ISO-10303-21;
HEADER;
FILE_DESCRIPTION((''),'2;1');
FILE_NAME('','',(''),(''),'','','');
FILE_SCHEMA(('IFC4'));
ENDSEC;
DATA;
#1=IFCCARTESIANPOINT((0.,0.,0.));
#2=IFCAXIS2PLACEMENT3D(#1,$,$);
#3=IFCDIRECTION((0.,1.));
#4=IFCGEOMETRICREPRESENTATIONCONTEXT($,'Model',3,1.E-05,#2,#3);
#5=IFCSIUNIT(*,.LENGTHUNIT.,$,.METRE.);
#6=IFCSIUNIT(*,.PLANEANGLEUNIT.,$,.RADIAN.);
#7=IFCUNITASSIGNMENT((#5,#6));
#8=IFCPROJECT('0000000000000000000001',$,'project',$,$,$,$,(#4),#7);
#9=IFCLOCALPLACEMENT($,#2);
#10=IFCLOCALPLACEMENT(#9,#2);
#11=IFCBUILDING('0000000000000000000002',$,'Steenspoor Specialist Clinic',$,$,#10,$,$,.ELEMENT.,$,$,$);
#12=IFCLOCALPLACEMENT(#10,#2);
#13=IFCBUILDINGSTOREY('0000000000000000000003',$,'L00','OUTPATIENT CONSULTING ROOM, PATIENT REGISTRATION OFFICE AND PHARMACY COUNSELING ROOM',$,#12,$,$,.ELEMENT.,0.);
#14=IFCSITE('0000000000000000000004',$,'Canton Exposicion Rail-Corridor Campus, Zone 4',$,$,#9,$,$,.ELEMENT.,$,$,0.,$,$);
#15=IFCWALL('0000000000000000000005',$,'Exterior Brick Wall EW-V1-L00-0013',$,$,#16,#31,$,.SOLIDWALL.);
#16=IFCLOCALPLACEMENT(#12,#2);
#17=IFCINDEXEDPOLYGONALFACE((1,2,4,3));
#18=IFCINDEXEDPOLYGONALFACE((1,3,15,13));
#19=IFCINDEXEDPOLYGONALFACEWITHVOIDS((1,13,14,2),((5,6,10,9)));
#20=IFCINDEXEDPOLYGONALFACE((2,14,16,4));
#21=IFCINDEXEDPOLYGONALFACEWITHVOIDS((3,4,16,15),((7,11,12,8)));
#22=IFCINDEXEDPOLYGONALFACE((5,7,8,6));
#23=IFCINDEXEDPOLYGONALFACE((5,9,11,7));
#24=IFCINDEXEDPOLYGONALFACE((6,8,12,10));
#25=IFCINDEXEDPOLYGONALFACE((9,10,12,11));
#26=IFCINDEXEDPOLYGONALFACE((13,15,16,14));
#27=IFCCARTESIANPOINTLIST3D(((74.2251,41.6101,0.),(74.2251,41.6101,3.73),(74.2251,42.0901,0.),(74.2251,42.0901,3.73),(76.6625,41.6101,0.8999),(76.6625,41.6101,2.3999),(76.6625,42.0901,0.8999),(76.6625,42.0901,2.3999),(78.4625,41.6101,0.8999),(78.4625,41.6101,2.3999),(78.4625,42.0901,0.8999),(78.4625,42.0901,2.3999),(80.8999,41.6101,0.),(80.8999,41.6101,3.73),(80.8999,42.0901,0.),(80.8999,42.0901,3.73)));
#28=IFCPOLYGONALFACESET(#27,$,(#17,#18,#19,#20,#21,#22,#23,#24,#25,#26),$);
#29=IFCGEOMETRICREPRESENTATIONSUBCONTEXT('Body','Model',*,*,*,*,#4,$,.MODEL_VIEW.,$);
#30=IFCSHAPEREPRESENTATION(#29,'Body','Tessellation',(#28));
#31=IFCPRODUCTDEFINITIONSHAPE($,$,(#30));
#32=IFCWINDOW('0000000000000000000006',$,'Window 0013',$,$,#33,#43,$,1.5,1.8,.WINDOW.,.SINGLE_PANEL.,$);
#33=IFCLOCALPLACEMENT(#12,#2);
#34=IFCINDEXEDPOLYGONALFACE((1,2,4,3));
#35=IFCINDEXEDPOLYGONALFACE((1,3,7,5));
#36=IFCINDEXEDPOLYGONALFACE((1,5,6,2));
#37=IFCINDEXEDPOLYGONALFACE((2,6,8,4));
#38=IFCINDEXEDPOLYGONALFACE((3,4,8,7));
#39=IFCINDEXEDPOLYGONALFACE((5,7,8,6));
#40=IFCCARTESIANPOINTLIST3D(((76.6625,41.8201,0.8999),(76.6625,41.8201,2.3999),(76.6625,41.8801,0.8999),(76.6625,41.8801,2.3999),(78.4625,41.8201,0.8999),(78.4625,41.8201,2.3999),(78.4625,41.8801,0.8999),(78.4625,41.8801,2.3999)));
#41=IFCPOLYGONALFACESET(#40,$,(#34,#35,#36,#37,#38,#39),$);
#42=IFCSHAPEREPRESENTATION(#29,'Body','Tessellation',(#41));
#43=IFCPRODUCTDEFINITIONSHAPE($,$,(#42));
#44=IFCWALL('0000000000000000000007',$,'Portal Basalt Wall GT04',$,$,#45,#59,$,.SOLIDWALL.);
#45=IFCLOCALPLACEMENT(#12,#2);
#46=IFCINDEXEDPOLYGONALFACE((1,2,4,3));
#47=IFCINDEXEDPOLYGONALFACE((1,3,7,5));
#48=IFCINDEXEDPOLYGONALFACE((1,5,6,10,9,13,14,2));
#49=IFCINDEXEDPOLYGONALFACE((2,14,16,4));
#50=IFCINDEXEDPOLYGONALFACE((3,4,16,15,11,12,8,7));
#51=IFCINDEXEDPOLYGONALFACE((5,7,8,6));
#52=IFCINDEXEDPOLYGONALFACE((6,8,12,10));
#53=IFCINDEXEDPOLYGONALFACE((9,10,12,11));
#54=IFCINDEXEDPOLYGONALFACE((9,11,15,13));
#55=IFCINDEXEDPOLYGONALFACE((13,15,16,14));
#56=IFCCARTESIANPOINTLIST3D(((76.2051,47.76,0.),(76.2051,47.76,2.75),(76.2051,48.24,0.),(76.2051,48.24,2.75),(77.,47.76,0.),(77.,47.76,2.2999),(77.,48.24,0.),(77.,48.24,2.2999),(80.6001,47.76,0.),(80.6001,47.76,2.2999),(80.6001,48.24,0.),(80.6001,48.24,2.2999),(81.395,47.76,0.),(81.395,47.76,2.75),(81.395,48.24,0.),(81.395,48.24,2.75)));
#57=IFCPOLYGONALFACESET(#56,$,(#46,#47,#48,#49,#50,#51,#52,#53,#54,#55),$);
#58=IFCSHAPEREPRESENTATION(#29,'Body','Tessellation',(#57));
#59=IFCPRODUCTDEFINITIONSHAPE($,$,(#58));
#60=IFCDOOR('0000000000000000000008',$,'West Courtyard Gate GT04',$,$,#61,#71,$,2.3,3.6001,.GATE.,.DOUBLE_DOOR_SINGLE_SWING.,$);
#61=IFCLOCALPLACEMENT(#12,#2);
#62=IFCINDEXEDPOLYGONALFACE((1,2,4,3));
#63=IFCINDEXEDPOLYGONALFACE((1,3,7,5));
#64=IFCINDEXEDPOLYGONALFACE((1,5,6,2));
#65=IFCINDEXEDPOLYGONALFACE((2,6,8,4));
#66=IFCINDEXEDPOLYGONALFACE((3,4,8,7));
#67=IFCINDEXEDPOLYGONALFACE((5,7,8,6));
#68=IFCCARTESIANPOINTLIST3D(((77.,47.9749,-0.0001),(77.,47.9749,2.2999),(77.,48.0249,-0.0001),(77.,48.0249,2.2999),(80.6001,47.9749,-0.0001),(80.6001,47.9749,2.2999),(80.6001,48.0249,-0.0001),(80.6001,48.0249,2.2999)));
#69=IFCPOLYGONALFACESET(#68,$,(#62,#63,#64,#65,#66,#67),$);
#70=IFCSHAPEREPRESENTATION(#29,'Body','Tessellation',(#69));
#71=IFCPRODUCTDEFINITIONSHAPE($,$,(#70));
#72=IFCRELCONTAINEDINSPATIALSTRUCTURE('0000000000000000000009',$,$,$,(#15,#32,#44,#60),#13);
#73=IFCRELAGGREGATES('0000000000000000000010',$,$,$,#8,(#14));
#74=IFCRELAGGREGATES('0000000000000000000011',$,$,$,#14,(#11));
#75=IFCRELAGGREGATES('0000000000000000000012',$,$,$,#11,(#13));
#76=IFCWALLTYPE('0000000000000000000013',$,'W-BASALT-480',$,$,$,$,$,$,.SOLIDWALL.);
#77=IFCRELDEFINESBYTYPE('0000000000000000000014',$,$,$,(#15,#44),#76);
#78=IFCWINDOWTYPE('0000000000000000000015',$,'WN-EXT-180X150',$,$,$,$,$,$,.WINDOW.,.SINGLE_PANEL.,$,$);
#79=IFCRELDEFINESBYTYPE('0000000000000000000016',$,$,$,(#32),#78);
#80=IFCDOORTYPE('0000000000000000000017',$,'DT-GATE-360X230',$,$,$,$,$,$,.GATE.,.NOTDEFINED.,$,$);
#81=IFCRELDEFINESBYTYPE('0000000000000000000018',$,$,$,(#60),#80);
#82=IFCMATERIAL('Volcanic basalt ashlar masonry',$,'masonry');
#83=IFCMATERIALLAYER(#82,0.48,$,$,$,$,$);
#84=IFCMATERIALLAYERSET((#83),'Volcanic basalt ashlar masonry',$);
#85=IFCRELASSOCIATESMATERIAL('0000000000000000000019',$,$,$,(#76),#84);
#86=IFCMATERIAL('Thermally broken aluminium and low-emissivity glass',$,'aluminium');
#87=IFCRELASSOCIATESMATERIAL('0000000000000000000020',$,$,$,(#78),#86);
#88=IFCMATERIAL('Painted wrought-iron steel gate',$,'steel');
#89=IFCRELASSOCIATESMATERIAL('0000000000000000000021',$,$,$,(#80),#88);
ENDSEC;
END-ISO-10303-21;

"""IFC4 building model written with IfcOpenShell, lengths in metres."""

from ifc_helpers import new_model, si_unit, direction, frame, frame_2d, origin, place, context, subcontext, project, spatial, rectangle, extrude, material, layer, layer_set, type_object, element, fill, save


model = new_model("IFC4")

# Units and contexts
model_context = context("Model", 3, precision=1e-05, world=origin(), true_north=direction((0.0, 1.0)))
body_context = subcontext(model_context, "Body", "Model", "MODEL_VIEW")
ifc_project = project(units=[si_unit("LENGTHUNIT", "METRE"), si_unit("PLANEANGLEUNIT", "RADIAN")], contexts=[model_context])

# Site, building, storey
site_placement = place(None, origin())
site = spatial("IfcSite", under=ifc_project, at=site_placement, Name="Canton Exposicion Rail-Corridor Campus, Zone 4", CompositionType="ELEMENT", RefElevation=0.0)
building_placement = place(site_placement, origin())
building = spatial("IfcBuilding", under=site, at=building_placement, Name="Steenspoor Specialist Clinic", CompositionType="ELEMENT")
storey_placement = place(building_placement, origin())
storey = spatial("IfcBuildingStorey", under=building, at=storey_placement, Name="L00", Description="OUTPATIENT CONSULTING ROOM, PATIENT REGISTRATION OFFICE AND PHARMACY COUNSELING ROOM", CompositionType="ELEMENT", Elevation=0.0)

# Shared definitions
ifc_material_1 = material(Name="Thermally broken aluminium and low-emissivity glass", Category="aluminium")

# Wall, opening, window
ifc_material_2 = material(Name="Volcanic basalt ashlar masonry", Category="masonry")
ifc_layer = layer(ifc_material_2, 0.48)
ifc_layer_set = layer_set([ifc_layer], Name="Volcanic basalt ashlar masonry")
wall_type = type_object("IfcWallType", Name="W-BASALT-480", PredefinedType="SOLIDWALL", material=ifc_layer_set)
wall_1_placement = place(storey_placement, frame((74.2251, 41.8501, 0.0), z_axis=(0.0, 0.0, 1.0), x_axis=(1.0, 0.0, 0.0)))
wall_1 = element("IfcWall", 1, at=wall_1_placement, inside=storey, type_object=wall_type, Name="Exterior Brick Wall EW-V1-L00-0013", PredefinedType="SOLIDWALL", context=body_context, shape_type="SweptSolid", body=[
    extrude(rectangle(XDim=6.6748, YDim=0.48, at=frame_2d((3.3374, 0.0))), origin(), (0.0, 0.0, 1.0), 3.73),
])
opening_1_placement = place(wall_1_placement, frame((2.4375, 0.0, 0.8999)))
opening_1 = element("IfcOpeningElement", 2, at=opening_1_placement, cuts=wall_1, PredefinedType="OPENING", context=body_context, shape_type="SweptSolid", body=[
    extrude(rectangle(XDim=1.8, YDim=1.5, at=frame_2d((0.8999, 0.75))), frame((0.0, 0.25, 0.0), z_axis=(0.0, -1.0, 0.0), x_axis=(1.0, 0.0, 0.0)), (0.0, 0.0, 1.0), 0.5),
])
window_type = type_object("IfcWindowType", Name="WN-EXT-180X150", PartitioningType="SINGLE_PANEL", PredefinedType="WINDOW", material=ifc_material_1)
window_placement = place(opening_1_placement, origin())
window = element("IfcWindow", 3, at=window_placement, inside=storey, type_object=window_type, Name="Window 0013", OverallHeight=1.5, OverallWidth=1.8, PartitioningType="SINGLE_PANEL", PredefinedType="WINDOW", context=body_context, shape_type="SweptSolid", body=[
    extrude(rectangle(XDim=1.8, YDim=1.5, at=frame_2d((0.8999, 0.75))), frame((0.0, 0.03, 0.0), z_axis=(0.0, -1.0, 0.0), x_axis=(1.0, 0.0, 0.0)), (0.0, 0.0, 1.0), 0.0601),
])
fill(opening_1, window)

# Wall, opening, door
wall_2_placement = place(storey_placement, frame((76.2051, 48.0, 0.0), z_axis=(0.0, 0.0, 1.0), x_axis=(1.0, 0.0, 0.0)))
wall_2 = element("IfcWall", 4, at=wall_2_placement, inside=storey, type_object=wall_type, Name="Portal Basalt Wall GT04", PredefinedType="SOLIDWALL", context=body_context, shape_type="SweptSolid", body=[
    extrude(rectangle(XDim=5.1899, YDim=0.48, at=frame_2d((2.595, 0.0))), origin(), (0.0, 0.0, 1.0), 2.75),
])
opening_2_placement = place(wall_2_placement, frame((0.7949, 0.0, 0.0)))
opening_2 = element("IfcOpeningElement", 5, at=opening_2_placement, cuts=wall_2, PredefinedType="OPENING", context=body_context, shape_type="SweptSolid", body=[
    extrude(rectangle(XDim=3.6001, YDim=2.3, at=frame_2d((1.8, 1.1499))), frame((0.0, 0.25, 0.0), z_axis=(0.0, -1.0, 0.0), x_axis=(1.0, 0.0, 0.0)), (0.0, 0.0, 1.0), 0.5),
])
ifc_material_3 = material(Name="Painted wrought-iron steel gate", Category="steel")
door_type = type_object("IfcDoorType", Name="DT-GATE-360X230", OperationType="NOTDEFINED", PredefinedType="GATE", material=ifc_material_3)
door_placement = place(opening_2_placement, origin())
door = element("IfcDoor", 6, at=door_placement, inside=storey, type_object=door_type, Name="West Courtyard Gate GT04", OperationType="DOUBLE_DOOR_SINGLE_SWING", OverallHeight=2.3, OverallWidth=3.6001, PredefinedType="GATE", context=body_context, shape_type="SweptSolid", body=[
    extrude(rectangle(XDim=3.6001, YDim=2.3, at=frame_2d((1.8, 1.1499))), frame((0.0, 0.0249, 0.0), z_axis=(0.0, -1.0, 0.0), x_axis=(1.0, 0.0, 0.0)), (0.0, 0.0, 1.0), 0.05),
])
fill(opening_2, door)

save(model, "model.ifc")
